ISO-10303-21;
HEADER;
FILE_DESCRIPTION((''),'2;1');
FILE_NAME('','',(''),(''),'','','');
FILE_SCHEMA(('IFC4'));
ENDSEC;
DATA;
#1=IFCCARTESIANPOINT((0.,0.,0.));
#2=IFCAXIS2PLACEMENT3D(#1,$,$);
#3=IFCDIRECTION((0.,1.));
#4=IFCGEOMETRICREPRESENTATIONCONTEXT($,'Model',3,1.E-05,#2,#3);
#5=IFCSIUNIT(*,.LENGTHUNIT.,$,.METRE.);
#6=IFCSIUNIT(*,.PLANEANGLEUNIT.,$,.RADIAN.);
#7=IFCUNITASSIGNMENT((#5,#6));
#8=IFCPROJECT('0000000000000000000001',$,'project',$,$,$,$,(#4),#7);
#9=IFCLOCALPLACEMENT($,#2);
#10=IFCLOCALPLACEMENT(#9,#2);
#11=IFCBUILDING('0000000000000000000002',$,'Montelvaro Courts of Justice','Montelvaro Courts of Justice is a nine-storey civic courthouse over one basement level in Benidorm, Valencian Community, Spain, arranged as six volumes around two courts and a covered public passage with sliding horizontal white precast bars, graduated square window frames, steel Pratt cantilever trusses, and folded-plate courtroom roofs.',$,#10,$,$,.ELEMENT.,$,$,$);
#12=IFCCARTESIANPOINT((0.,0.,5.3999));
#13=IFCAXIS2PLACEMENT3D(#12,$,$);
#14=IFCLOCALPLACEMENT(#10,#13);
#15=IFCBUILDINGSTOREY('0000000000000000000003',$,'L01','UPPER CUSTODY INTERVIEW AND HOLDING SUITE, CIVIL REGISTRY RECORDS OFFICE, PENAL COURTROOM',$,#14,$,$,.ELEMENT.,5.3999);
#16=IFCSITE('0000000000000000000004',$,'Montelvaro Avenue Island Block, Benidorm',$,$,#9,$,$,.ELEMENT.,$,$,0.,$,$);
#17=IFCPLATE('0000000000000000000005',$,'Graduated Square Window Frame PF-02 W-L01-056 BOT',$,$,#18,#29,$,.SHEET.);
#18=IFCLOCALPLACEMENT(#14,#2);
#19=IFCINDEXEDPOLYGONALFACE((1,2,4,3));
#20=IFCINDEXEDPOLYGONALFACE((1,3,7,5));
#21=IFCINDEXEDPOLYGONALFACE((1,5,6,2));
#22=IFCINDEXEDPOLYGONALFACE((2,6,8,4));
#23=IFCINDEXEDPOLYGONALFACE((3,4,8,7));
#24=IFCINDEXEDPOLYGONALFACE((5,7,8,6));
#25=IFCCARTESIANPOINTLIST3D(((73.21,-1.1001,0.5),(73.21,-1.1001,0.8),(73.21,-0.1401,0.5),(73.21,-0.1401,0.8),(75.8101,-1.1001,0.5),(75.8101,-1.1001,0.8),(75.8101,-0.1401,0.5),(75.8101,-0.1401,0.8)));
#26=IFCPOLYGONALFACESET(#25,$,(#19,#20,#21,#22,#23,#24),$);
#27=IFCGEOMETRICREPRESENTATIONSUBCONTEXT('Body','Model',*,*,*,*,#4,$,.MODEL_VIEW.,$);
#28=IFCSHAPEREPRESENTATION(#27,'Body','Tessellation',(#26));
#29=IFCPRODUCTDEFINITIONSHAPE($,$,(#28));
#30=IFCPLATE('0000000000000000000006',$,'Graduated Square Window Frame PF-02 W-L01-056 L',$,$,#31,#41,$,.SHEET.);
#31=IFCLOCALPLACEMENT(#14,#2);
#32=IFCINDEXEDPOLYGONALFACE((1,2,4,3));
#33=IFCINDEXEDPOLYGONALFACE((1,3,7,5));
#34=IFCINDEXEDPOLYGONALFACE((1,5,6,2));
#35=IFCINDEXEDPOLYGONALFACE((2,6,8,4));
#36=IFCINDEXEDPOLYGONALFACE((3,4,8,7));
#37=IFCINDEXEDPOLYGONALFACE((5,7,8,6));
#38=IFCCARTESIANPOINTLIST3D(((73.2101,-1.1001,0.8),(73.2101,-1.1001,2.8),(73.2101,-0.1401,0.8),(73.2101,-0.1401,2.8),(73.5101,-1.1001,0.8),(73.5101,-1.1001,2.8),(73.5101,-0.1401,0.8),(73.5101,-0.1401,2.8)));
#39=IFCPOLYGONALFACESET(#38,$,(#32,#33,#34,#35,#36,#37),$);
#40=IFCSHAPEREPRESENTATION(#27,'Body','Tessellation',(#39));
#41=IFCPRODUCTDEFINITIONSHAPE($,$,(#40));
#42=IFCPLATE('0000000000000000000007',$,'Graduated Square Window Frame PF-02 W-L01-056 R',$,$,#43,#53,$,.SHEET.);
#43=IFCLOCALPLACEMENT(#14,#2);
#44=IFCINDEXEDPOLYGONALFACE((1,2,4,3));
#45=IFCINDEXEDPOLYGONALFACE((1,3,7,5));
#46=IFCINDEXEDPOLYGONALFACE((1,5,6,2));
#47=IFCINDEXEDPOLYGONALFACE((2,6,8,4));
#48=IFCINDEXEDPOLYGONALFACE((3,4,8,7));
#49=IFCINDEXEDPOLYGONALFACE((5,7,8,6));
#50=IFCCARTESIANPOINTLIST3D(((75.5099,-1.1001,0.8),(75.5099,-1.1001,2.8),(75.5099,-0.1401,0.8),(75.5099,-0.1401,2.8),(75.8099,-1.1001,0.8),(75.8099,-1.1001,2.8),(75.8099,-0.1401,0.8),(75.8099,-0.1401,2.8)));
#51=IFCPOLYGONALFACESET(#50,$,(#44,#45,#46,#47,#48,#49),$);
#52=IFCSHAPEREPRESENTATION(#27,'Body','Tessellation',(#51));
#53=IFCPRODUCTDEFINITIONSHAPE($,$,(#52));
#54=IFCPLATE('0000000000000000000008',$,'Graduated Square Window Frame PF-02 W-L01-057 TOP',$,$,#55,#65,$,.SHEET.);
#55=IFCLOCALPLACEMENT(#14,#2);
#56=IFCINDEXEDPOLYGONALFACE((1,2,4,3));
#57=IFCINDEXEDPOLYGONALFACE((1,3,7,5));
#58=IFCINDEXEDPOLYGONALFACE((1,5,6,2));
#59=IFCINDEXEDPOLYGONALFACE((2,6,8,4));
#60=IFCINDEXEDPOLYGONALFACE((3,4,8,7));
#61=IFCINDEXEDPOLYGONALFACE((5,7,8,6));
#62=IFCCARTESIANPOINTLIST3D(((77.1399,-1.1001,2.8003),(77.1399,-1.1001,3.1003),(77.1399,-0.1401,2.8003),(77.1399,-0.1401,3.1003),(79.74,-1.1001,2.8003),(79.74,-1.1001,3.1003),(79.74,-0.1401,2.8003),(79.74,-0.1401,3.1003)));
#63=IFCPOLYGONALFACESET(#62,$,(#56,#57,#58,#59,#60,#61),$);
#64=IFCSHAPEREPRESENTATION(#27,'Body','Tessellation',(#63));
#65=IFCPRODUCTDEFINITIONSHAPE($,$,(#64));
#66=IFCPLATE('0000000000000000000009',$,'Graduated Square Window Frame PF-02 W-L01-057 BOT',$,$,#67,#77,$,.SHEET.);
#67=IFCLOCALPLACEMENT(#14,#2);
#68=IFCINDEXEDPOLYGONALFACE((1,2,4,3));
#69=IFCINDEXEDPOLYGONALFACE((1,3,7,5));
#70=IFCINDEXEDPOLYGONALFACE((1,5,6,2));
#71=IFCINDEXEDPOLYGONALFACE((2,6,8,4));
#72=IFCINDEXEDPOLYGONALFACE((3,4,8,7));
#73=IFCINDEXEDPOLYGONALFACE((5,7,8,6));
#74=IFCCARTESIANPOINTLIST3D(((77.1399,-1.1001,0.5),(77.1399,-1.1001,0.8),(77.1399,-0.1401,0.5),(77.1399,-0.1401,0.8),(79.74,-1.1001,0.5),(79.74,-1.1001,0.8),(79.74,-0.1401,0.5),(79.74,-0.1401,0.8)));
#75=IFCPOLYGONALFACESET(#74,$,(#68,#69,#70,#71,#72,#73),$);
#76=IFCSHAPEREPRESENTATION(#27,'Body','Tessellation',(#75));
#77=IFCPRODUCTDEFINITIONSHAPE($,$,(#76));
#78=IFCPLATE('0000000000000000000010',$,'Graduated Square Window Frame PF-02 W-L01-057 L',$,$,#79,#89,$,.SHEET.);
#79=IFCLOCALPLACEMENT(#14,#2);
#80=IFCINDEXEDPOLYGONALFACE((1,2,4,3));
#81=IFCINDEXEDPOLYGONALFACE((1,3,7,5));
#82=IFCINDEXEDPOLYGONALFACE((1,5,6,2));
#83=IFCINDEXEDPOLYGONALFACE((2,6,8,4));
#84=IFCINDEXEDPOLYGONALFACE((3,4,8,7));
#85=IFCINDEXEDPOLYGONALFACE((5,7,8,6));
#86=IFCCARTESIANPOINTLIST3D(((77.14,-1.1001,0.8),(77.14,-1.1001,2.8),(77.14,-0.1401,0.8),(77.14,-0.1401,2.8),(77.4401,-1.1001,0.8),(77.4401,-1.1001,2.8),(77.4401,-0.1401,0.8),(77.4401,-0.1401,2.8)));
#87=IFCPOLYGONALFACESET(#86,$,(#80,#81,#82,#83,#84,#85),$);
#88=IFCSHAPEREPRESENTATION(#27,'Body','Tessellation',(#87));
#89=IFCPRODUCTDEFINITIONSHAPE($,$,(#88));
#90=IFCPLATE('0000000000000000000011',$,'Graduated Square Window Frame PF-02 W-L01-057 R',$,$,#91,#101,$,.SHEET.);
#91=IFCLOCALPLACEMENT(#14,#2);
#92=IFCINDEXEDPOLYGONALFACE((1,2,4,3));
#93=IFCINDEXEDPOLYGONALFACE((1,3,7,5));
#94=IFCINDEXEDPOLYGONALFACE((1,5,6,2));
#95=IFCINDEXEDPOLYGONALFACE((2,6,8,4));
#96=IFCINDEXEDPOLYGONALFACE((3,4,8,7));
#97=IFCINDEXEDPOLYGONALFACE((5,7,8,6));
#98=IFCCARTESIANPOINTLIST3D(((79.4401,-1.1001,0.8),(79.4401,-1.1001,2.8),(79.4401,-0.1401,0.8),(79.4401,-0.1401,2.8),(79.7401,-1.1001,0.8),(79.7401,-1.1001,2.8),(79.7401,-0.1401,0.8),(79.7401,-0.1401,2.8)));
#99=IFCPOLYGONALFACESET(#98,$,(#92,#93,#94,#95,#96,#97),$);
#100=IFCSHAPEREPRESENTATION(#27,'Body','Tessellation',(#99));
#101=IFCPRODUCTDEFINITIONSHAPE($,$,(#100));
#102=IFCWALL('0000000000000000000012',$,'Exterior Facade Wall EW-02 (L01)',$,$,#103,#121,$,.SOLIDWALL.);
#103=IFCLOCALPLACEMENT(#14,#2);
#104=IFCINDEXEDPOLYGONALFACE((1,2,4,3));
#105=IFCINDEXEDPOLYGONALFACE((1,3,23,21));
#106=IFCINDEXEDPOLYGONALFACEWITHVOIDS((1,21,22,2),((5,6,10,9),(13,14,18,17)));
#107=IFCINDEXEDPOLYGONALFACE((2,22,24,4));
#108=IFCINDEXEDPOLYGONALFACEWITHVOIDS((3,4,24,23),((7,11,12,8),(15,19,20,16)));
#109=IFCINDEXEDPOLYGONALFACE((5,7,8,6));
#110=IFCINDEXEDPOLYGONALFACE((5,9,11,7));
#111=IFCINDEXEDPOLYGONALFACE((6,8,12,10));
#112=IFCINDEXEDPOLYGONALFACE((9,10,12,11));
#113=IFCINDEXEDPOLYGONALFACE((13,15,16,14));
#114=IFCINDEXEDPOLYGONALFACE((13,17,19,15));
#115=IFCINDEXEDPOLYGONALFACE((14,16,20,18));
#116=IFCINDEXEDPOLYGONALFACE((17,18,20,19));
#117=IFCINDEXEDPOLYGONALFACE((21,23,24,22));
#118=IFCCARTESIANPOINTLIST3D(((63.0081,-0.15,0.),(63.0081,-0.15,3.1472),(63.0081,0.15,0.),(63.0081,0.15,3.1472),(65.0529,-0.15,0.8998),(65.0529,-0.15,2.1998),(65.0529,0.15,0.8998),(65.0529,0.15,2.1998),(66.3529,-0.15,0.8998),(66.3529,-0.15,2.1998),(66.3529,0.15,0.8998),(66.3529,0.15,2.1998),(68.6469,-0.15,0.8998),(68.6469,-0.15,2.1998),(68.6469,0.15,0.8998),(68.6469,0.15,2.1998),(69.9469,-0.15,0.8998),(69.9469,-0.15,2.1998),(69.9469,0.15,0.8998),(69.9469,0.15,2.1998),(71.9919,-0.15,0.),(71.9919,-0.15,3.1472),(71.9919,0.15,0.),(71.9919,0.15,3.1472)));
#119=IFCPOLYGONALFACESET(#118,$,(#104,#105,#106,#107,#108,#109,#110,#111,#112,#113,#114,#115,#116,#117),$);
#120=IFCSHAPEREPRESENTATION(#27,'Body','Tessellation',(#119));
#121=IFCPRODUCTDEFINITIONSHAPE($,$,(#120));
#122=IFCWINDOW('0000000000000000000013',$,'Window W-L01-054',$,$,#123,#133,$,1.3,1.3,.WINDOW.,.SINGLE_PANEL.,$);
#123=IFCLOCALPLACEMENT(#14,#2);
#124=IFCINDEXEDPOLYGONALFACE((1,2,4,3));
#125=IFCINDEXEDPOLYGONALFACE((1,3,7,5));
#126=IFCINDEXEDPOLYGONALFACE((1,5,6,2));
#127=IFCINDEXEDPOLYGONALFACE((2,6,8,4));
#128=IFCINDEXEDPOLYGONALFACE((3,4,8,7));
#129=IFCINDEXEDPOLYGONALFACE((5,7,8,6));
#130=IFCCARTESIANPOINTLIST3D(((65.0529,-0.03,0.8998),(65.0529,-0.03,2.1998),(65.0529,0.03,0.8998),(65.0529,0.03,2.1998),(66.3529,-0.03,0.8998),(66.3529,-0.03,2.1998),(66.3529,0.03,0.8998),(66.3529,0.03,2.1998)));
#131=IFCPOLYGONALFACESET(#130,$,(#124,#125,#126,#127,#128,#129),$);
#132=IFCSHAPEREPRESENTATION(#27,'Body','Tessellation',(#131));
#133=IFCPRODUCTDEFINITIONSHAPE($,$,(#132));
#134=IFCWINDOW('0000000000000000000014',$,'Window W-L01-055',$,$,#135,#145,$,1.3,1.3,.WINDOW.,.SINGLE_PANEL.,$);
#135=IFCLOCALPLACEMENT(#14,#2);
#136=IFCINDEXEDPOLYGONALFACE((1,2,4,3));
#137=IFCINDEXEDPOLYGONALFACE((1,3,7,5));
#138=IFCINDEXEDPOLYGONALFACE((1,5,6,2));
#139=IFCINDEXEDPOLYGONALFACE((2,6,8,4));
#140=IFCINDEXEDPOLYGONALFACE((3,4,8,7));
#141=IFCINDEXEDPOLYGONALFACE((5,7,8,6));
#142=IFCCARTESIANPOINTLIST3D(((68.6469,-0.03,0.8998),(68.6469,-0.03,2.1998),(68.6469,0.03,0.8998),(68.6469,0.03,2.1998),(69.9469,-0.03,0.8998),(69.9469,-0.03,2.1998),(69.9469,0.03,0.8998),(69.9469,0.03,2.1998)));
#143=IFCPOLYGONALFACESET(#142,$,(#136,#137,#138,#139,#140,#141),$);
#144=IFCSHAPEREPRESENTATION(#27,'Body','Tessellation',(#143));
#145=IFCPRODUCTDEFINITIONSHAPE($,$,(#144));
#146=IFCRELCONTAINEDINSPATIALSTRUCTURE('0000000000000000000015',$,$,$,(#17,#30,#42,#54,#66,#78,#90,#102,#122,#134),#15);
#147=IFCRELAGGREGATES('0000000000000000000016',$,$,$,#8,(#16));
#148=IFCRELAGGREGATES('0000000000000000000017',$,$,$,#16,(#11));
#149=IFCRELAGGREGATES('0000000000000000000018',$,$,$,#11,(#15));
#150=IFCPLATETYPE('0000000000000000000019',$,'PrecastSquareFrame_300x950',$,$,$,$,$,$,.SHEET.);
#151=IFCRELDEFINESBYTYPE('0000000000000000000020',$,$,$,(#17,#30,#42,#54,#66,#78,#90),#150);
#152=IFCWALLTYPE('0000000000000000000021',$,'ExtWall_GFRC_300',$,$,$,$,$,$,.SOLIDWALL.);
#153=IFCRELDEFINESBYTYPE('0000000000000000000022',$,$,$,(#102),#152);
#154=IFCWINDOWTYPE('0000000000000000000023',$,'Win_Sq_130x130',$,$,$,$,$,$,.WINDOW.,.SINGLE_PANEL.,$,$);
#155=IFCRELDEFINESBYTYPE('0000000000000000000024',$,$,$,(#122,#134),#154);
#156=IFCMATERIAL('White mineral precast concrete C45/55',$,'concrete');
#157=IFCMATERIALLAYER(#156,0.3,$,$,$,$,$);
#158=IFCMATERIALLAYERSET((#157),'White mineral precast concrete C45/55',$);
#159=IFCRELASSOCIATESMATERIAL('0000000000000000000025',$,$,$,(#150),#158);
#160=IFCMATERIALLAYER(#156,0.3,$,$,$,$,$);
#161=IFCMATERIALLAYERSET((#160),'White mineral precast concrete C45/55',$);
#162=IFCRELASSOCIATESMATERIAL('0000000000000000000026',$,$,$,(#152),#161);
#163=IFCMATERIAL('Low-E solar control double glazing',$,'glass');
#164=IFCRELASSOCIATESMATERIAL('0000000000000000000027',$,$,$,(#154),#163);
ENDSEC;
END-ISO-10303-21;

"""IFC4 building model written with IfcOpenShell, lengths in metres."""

from ifc_helpers import new_model, si_unit, direction, frame, frame_2d, origin, origin_2d, place, context, subcontext, project, spatial, rectangle, extrude, material, layer, layer_set, type_object, element, fill, save


model = new_model("IFC4")

# Units and contexts
model_context = context("Model", 3, precision=1e-05, world=origin(), true_north=direction((0.0, 1.0)))
body_context = subcontext(model_context, "Body", "Model", "MODEL_VIEW")
ifc_project = project(units=[si_unit("LENGTHUNIT", "METRE"), si_unit("PLANEANGLEUNIT", "RADIAN")], contexts=[model_context])

# Site, building, storey
site_placement = place(None, origin())
site = spatial("IfcSite", under=ifc_project, at=site_placement, Name="Montelvaro Avenue Island Block, Benidorm", CompositionType="ELEMENT", RefElevation=0.0)
building_placement = place(site_placement, origin())
building = spatial("IfcBuilding", under=site, at=building_placement, Name="Montelvaro Courts of Justice", Description="Montelvaro Courts of Justice is a nine-storey civic courthouse over one basement level in Benidorm, Valencian Community, Spain, arranged as six volumes around two courts and a covered public passage with sliding horizontal white precast bars, graduated square window frames, steel Pratt cantilever trusses, and folded-plate courtroom roofs.", CompositionType="ELEMENT")
storey_placement = place(building_placement, frame((0.0, 0.0, 5.3999)))
storey = spatial("IfcBuildingStorey", under=building, at=storey_placement, Name="L01", Description="UPPER CUSTODY INTERVIEW AND HOLDING SUITE, CIVIL REGISTRY RECORDS OFFICE, PENAL COURTROOM", CompositionType="ELEMENT", Elevation=5.3999)

# Plates
ifc_material_1 = material(Name="White mineral precast concrete C45/55", Category="concrete")
ifc_layer_1 = layer(ifc_material_1, 0.3)
ifc_layer_set_1 = layer_set([ifc_layer_1], Name="White mineral precast concrete C45/55")
plate_type_1 = type_object("IfcPlateType", Name="PrecastSquareFrame_300x950", PredefinedType="SHEET", material=ifc_layer_set_1)
for number, where, z_axis, x_axis, name in (
    (1, (74.51, -0.6201, 0.5), (0.0, 0.0, 1.0), (1.0, 0.0, 0.0), "Graduated Square Window Frame PF-02 W-L01-056 BOT"),
):
    element("IfcPlate", number, at=place(storey_placement, frame(where, z_axis=z_axis, x_axis=x_axis)), inside=storey, type_object=plate_type_1, Name=name, PredefinedType="SHEET", context=body_context, shape_type="SweptSolid", body=[
        extrude(rectangle(XDim=2.6001, YDim=0.96, at=origin_2d()), origin(), (0.0, 0.0, 1.0), 0.3),
    ])
for number, where, z_axis, x_axis, name in (
    (2, (73.3601, -0.6201, 0.8), (0.0, 0.0, 1.0), (1.0, 0.0, 0.0), "Graduated Square Window Frame PF-02 W-L01-056 L"),
    (3, (75.6599, -0.6201, 0.8), (0.0, 0.0, 1.0), (1.0, 0.0, 0.0), "Graduated Square Window Frame PF-02 W-L01-056 R"),
):
    element("IfcPlate", number, at=place(storey_placement, frame(where, z_axis=z_axis, x_axis=x_axis)), inside=storey, type_object=plate_type_1, Name=name, PredefinedType="SHEET", context=body_context, shape_type="SweptSolid", body=[
        extrude(rectangle(XDim=0.3, YDim=0.96, at=origin_2d()), origin(), (0.0, 0.0, 1.0), 2.0),
    ])
for number, where, z_axis, x_axis, name in (
    (4, (78.4399, -0.6201, 2.8003), (0.0, 0.0, 1.0), (1.0, 0.0, 0.0), "Graduated Square Window Frame PF-02 W-L01-057 TOP"),
    (5, (78.4399, -0.6201, 0.5), (0.0, 0.0, 1.0), (1.0, 0.0, 0.0), "Graduated Square Window Frame PF-02 W-L01-057 BOT"),
):
    element("IfcPlate", number, at=place(storey_placement, frame(where, z_axis=z_axis, x_axis=x_axis)), inside=storey, type_object=plate_type_1, Name=name, PredefinedType="SHEET", context=body_context, shape_type="SweptSolid", body=[
        extrude(rectangle(XDim=2.6001, YDim=0.96, at=origin_2d()), origin(), (0.0, 0.0, 1.0), 0.3),
    ])
for number, where, z_axis, x_axis, name in (
    (6, (77.29, -0.6201, 0.8), (0.0, 0.0, 1.0), (1.0, 0.0, 0.0), "Graduated Square Window Frame PF-02 W-L01-057 L"),
    (7, (79.5901, -0.6201, 0.8), (0.0, 0.0, 1.0), (1.0, 0.0, 0.0), "Graduated Square Window Frame PF-02 W-L01-057 R"),
):
    element("IfcPlate", number, at=place(storey_placement, frame(where, z_axis=z_axis, x_axis=x_axis)), inside=storey, type_object=plate_type_1, Name=name, PredefinedType="SHEET", context=body_context, shape_type="SweptSolid", body=[
        extrude(rectangle(XDim=0.3, YDim=0.96, at=origin_2d()), origin(), (0.0, 0.0, 1.0), 2.0),
    ])

# Wall, openings, windows
ifc_layer_2 = layer(ifc_material_1, 0.3)
ifc_layer_set_2 = layer_set([ifc_layer_2], Name="White mineral precast concrete C45/55")
wall_type = type_object("IfcWallType", Name="ExtWall_GFRC_300", PredefinedType="SOLIDWALL", material=ifc_layer_set_2)
wall_1_placement = place(storey_placement, frame((63.0081, 0.0, 0.0), z_axis=(0.0, 0.0, 1.0), x_axis=(1.0, 0.0, 0.0)))
wall_1 = element("IfcWall", 8, at=wall_1_placement, inside=storey, type_object=wall_type, Name="Exterior Facade Wall EW-02 (L01)", PredefinedType="SOLIDWALL", context=body_context, shape_type="SweptSolid", body=[
    extrude(rectangle(XDim=8.9839, YDim=0.3, at=frame_2d((4.4919, 0.0))), origin(), (0.0, 0.0, 1.0), 3.1472),
])
opening_1_placement = place(wall_1_placement, frame((2.0449, 0.0, 0.8999)))
opening_1 = element("IfcOpeningElement", 9, at=opening_1_placement, cuts=wall_1, PredefinedType="OPENING", context=body_context, shape_type="SweptSolid", body=[
    extrude(rectangle(XDim=1.3, YDim=1.3, at=frame_2d((0.6499, 0.6499))), frame((0.0, 0.165, 0.0), z_axis=(0.0, -1.0, 0.0), x_axis=(1.0, 0.0, 0.0)), (0.0, 0.0, 1.0), 0.3298),
])
opening_2_placement = place(wall_1_placement, frame((5.6389, 0.0, 0.8999)))
opening_2 = element("IfcOpeningElement", 10, at=opening_2_placement, cuts=wall_1, PredefinedType="OPENING", context=body_context, shape_type="SweptSolid", body=[
    extrude(rectangle(XDim=1.3, YDim=1.3, at=frame_2d((0.6499, 0.6499))), frame((0.0, 0.165, 0.0), z_axis=(0.0, -1.0, 0.0), x_axis=(1.0, 0.0, 0.0)), (0.0, 0.0, 1.0), 0.3298),
])
ifc_material_2 = material(Name="Low-E solar control double glazing", Category="glass")
window_type_1 = type_object("IfcWindowType", Name="Win_Sq_130x130", PartitioningType="SINGLE_PANEL", PredefinedType="WINDOW", material=ifc_material_2)
window_1_placement = place(opening_1_placement, origin())
window_1 = element("IfcWindow", 11, at=window_1_placement, inside=storey, type_object=window_type_1, Name="Window W-L01-054", OverallHeight=1.3, OverallWidth=1.3, PartitioningType="SINGLE_PANEL", PredefinedType="WINDOW", context=body_context, shape_type="SweptSolid", body=[
    extrude(rectangle(XDim=1.3, YDim=1.3, at=frame_2d((0.6499, 0.6499))), frame((0.0, 0.03, 0.0), z_axis=(0.0, -1.0, 0.0), x_axis=(1.0, 0.0, 0.0)), (0.0, 0.0, 1.0), 0.0601),
])
fill(opening_1, window_1)
window_2_placement = place(opening_2_placement, origin())
window_2 = element("IfcWindow", 12, at=window_2_placement, inside=storey, type_object=window_type_1, Name="Window W-L01-055", OverallHeight=1.3, OverallWidth=1.3, PartitioningType="SINGLE_PANEL", PredefinedType="WINDOW", context=body_context, shape_type="SweptSolid", body=[
    extrude(rectangle(XDim=1.3, YDim=1.3, at=frame_2d((0.6499, 0.6499))), frame((0.0, 0.03, 0.0), z_axis=(0.0, -1.0, 0.0), x_axis=(1.0, 0.0, 0.0)), (0.0, 0.0, 1.0), 0.0601),
])
fill(opening_2, window_2)

save(model, "model.ifc")
